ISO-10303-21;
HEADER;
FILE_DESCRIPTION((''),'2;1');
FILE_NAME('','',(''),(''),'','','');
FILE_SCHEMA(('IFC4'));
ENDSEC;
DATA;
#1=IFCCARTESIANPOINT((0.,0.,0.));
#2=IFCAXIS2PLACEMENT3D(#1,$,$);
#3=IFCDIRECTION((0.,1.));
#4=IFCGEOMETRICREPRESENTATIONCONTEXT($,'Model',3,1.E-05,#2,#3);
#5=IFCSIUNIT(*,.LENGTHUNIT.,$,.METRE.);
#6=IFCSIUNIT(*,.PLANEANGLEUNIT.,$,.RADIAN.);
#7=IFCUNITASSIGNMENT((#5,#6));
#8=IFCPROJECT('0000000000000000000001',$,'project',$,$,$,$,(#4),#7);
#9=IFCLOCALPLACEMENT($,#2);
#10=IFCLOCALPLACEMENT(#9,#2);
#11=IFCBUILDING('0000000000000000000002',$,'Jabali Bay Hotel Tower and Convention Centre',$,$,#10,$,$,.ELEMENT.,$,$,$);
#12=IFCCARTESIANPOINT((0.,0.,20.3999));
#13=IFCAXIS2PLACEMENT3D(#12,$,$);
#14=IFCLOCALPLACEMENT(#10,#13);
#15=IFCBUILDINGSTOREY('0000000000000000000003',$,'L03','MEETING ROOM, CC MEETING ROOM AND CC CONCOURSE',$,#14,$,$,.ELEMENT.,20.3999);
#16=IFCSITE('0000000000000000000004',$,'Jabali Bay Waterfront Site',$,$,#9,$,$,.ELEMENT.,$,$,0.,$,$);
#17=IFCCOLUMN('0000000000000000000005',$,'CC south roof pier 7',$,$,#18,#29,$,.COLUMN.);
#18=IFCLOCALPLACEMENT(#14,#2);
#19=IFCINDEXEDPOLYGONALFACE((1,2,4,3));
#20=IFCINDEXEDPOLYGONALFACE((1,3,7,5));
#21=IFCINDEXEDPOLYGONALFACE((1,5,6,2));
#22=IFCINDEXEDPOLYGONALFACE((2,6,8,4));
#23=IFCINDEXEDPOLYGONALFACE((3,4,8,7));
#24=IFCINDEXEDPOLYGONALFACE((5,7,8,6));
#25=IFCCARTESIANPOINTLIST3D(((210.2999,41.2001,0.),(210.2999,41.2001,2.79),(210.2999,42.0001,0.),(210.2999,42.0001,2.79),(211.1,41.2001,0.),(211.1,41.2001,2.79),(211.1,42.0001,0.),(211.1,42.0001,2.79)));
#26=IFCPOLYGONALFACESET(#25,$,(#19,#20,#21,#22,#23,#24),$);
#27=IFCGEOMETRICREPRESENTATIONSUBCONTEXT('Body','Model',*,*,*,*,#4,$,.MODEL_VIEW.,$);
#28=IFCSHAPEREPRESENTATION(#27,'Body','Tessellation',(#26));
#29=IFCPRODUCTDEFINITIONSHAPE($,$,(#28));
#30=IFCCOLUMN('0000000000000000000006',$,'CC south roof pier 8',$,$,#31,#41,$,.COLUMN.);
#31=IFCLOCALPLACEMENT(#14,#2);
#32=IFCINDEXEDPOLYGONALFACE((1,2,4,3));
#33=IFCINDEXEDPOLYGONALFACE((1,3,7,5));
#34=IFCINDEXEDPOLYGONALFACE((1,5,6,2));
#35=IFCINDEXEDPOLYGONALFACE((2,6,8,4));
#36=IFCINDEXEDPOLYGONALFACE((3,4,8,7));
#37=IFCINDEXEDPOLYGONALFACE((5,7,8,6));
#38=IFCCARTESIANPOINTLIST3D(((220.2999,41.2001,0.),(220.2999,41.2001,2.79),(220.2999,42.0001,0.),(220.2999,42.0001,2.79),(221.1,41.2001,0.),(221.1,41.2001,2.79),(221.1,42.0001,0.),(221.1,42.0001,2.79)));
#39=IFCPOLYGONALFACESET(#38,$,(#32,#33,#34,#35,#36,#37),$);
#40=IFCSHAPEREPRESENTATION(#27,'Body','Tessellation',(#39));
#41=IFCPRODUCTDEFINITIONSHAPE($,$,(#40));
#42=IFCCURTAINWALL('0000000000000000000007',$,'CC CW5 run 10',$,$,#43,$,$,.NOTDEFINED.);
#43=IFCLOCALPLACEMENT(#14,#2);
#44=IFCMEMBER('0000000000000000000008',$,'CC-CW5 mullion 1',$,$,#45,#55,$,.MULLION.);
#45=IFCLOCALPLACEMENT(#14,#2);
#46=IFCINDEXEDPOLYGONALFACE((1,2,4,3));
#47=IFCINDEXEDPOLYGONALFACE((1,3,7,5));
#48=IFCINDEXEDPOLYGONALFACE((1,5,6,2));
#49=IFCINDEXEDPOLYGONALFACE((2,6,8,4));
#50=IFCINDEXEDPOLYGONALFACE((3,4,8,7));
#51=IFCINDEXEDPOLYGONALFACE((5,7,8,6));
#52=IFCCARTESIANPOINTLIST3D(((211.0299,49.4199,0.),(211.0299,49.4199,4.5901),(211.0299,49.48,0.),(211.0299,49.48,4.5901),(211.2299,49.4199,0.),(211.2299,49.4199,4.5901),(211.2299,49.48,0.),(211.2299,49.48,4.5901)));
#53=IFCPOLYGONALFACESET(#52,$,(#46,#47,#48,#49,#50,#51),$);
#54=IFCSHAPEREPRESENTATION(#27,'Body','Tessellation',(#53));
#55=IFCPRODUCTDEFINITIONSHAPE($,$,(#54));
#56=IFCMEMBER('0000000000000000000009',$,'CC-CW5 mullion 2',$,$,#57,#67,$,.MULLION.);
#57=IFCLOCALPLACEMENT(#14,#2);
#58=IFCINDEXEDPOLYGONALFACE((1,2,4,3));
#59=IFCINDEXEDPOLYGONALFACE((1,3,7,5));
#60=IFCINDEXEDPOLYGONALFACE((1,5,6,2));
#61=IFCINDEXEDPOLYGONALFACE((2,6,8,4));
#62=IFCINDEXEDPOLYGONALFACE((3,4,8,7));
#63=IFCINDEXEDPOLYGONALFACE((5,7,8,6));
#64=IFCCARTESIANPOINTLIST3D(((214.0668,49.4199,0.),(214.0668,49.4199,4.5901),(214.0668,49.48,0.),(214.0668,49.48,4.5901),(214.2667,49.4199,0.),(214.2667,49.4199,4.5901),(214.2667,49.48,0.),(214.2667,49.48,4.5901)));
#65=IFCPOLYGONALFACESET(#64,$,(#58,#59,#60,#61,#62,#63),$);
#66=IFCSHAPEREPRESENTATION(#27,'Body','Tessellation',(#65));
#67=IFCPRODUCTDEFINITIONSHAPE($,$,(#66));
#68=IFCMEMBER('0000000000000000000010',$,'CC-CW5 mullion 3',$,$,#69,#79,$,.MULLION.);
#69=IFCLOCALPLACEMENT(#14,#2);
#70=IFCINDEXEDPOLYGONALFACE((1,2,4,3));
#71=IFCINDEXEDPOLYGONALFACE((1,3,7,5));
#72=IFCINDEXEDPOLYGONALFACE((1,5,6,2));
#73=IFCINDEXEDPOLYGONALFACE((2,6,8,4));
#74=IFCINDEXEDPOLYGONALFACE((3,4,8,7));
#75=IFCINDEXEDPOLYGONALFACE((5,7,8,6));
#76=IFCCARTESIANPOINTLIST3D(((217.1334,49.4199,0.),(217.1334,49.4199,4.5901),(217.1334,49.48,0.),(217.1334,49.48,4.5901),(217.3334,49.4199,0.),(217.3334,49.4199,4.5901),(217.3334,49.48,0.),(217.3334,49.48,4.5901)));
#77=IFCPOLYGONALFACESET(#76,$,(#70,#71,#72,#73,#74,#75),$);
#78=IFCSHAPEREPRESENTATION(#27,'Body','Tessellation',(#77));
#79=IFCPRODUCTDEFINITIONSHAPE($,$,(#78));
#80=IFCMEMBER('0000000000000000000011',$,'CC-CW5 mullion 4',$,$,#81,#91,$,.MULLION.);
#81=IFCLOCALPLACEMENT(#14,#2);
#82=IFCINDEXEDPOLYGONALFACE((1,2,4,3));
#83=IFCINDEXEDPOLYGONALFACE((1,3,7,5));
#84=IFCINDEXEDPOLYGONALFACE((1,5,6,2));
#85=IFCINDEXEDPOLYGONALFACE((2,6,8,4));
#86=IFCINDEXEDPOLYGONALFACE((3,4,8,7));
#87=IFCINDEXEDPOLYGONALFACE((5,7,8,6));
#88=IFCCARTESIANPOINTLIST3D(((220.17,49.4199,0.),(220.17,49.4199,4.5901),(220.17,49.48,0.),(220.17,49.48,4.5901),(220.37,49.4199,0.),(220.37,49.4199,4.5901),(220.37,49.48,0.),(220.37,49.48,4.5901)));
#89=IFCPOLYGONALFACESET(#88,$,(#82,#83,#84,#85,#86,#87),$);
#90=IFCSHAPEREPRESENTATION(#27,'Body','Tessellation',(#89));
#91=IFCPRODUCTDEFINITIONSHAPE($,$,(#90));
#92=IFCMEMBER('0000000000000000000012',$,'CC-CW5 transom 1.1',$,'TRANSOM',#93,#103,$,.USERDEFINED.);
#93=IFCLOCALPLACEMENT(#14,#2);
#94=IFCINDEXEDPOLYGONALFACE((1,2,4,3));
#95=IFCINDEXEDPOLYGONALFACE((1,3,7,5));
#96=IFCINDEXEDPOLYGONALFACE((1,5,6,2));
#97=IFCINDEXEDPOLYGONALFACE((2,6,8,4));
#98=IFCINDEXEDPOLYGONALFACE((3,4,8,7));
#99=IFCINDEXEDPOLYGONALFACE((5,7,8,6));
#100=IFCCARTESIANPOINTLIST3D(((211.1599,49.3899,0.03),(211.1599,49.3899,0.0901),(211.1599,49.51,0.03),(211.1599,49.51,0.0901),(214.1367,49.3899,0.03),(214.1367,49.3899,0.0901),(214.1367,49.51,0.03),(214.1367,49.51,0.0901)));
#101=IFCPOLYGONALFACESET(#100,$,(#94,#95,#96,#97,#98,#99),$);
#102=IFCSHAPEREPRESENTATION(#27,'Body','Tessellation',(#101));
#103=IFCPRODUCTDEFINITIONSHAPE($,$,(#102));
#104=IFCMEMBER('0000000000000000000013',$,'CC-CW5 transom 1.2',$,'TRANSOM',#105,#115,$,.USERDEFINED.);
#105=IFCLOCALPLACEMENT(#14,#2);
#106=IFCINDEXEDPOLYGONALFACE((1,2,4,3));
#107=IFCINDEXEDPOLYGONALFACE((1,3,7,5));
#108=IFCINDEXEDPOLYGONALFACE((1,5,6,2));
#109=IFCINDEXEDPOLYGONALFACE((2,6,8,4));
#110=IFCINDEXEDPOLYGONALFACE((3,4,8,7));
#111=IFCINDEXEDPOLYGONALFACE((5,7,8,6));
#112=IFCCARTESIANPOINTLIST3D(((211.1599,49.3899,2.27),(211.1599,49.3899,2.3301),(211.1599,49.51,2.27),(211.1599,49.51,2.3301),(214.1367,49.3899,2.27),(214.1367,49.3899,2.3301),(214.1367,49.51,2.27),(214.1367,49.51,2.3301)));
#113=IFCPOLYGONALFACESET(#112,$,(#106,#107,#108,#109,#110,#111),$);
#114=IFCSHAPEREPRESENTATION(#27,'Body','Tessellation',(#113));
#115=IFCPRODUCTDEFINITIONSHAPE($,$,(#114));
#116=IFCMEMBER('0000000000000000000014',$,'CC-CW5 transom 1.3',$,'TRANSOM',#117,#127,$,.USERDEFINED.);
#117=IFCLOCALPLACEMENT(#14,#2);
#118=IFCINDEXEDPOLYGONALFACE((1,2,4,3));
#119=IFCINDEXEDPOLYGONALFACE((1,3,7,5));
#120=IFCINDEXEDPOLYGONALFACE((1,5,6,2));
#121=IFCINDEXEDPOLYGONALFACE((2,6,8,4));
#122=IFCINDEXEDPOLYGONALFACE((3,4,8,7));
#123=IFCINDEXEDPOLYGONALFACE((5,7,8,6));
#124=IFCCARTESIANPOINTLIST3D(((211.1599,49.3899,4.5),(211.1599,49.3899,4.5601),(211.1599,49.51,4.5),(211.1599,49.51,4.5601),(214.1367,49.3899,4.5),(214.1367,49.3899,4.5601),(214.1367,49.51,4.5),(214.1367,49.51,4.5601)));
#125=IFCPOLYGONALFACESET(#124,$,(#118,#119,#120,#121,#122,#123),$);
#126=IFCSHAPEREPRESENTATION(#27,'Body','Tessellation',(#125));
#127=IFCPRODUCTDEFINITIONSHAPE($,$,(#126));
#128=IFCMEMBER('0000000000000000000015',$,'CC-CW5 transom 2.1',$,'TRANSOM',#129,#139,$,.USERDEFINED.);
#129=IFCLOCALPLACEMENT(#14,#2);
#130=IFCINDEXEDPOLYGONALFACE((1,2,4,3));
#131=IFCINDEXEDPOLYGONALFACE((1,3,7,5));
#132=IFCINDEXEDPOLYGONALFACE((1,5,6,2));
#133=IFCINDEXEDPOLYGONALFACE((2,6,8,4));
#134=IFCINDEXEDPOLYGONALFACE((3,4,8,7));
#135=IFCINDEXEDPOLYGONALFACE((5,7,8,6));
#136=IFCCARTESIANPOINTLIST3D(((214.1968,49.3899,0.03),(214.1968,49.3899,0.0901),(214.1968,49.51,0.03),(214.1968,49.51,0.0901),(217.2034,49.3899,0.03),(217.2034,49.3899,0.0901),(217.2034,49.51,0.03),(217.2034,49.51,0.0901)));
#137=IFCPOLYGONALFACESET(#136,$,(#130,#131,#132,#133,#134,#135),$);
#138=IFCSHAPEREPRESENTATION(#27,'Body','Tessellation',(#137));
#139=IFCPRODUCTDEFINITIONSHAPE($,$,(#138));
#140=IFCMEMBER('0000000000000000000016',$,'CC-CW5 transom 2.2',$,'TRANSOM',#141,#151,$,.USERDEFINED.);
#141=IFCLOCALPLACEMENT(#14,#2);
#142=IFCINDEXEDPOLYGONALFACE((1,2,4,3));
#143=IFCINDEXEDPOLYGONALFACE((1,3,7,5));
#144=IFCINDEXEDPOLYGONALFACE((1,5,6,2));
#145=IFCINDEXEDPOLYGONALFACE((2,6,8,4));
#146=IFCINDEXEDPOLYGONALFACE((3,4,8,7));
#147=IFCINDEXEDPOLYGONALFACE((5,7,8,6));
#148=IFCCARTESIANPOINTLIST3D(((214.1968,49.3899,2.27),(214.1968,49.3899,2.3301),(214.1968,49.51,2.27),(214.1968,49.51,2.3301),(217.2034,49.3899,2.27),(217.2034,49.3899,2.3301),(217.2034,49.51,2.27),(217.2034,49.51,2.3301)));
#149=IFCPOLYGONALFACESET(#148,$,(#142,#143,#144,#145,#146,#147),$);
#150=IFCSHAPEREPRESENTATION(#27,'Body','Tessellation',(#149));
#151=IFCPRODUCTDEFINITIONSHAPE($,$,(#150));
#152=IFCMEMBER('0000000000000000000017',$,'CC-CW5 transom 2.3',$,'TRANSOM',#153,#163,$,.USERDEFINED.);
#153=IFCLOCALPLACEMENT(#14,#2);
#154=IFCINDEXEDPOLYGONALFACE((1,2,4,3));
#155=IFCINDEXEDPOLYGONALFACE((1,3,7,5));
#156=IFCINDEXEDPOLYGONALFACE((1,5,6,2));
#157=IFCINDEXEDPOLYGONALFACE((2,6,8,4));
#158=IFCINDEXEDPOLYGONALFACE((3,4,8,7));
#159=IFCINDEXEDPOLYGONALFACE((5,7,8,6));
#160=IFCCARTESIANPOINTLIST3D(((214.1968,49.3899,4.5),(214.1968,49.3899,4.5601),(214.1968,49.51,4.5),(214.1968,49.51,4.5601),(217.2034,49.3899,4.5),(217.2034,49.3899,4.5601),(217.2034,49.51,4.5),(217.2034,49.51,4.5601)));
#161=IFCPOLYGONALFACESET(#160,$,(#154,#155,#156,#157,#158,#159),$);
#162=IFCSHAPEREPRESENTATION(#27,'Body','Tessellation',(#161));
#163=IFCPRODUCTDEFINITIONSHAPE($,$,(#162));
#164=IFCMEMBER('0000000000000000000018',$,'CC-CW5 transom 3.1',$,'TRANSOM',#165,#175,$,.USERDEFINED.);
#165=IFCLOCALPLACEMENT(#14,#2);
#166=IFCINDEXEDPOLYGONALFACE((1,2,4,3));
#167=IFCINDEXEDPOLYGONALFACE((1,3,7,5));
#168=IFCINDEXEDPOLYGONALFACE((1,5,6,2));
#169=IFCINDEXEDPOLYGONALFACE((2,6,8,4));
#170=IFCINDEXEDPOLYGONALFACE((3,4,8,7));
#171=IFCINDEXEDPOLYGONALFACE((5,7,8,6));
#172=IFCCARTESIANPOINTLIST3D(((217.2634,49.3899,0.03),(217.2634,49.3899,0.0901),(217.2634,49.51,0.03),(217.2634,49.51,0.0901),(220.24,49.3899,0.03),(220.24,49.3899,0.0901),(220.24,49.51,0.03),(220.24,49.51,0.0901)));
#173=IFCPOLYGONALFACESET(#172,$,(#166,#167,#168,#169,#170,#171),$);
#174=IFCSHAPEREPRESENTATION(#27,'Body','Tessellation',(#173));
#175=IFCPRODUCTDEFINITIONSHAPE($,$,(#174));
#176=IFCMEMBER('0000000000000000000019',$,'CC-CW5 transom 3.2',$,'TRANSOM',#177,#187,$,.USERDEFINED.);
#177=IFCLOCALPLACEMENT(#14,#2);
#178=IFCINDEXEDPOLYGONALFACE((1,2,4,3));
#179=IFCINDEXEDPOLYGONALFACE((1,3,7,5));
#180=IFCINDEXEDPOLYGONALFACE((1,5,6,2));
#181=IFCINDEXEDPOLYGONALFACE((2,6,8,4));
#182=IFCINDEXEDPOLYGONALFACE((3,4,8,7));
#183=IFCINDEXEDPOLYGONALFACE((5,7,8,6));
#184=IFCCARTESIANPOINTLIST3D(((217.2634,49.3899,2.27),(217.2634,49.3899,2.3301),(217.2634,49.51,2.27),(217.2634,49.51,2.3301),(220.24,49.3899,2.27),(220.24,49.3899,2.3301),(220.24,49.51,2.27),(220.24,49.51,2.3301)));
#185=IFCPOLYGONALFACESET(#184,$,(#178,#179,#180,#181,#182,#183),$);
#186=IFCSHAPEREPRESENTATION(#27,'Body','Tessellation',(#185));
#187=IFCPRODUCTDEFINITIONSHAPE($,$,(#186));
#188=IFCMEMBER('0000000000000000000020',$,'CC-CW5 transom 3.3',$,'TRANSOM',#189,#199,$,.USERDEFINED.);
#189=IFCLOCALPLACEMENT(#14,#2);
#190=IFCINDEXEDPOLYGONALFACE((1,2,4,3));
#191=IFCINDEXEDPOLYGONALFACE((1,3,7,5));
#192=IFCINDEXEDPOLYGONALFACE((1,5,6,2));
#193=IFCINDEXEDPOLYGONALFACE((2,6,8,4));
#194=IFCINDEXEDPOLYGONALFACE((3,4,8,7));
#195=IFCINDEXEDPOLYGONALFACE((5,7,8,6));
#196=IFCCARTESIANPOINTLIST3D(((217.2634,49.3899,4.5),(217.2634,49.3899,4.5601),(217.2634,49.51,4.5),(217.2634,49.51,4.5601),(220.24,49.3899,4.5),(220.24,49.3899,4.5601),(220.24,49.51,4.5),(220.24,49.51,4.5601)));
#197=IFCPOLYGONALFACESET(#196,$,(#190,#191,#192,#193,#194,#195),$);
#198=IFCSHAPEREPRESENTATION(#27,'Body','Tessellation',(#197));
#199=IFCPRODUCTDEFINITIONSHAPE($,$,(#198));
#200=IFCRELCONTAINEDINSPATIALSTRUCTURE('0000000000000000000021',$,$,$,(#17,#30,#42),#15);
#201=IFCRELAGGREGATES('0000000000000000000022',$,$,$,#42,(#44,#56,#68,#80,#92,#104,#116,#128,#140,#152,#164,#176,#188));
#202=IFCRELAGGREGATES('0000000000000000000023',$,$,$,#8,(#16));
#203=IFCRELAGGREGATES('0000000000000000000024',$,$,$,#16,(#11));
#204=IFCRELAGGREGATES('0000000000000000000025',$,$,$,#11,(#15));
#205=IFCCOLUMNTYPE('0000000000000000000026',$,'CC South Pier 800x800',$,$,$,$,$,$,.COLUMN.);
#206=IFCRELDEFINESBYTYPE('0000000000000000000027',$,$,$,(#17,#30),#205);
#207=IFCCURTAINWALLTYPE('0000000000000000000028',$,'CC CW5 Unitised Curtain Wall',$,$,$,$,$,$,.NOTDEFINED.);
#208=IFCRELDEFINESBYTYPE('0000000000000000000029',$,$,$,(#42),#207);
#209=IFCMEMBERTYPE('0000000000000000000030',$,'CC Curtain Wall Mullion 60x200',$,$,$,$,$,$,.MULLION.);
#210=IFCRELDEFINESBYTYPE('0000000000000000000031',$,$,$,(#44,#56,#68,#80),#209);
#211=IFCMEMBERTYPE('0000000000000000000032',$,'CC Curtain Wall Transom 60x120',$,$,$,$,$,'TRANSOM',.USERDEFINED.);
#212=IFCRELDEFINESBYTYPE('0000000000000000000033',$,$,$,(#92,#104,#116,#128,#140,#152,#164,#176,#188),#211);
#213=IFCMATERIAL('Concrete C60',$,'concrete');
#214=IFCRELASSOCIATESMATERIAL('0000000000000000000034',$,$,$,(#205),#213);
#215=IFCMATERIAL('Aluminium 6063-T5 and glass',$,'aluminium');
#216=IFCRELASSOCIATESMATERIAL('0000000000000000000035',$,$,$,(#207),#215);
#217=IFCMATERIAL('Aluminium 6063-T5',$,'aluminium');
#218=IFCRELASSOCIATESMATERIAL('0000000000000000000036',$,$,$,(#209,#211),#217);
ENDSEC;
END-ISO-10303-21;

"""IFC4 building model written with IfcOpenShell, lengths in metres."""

from ifc_helpers import new_model, si_unit, direction, frame, origin, origin_2d, place, context, subcontext, project, spatial, rectangle, extrude, material, material_profile, profile_set, type_object, element, aggregate, save


model = new_model("IFC4")

# Units and contexts
model_context = context("Model", 3, precision=1e-05, world=origin(), true_north=direction((0.0, 1.0)))
body_context = subcontext(model_context, "Body", "Model", "MODEL_VIEW")
ifc_project = project(units=[si_unit("LENGTHUNIT", "METRE"), si_unit("PLANEANGLEUNIT", "RADIAN")], contexts=[model_context])

# Site, building, storey
site_placement = place(None, origin())
site = spatial("IfcSite", under=ifc_project, at=site_placement, Name="Jabali Bay Waterfront Site", CompositionType="ELEMENT", RefElevation=0.0)
building_placement = place(site_placement, origin())
building = spatial("IfcBuilding", under=site, at=building_placement, Name="Jabali Bay Hotel Tower and Convention Centre", CompositionType="ELEMENT")
storey_placement = place(building_placement, frame((0.0, 0.0, 20.3999)))
storey = spatial("IfcBuildingStorey", under=building, at=storey_placement, Name="L03", Description="MEETING ROOM, CC MEETING ROOM AND CC CONCOURSE", CompositionType="ELEMENT", Elevation=20.3999)

# Columns
ifc_material_1 = material(Name="Concrete C60", Category="concrete")
ifc_material_profile_1 = material_profile(ifc_material_1, rectangle(XDim=0.8, YDim=0.8, at=origin_2d()), Name="RC 800x800")
ifc_profile_set_1 = profile_set([ifc_material_profile_1], Name="Concrete C60")
column_type = type_object("IfcColumnType", Name="CC South Pier 800x800", PredefinedType="COLUMN", material=ifc_profile_set_1)
for number, where, z_axis, x_axis, name in (
    (1, (210.7, 41.6001, 0.0), (0.0, 0.0, 1.0), (1.0, 0.0, 0.0), "CC south roof pier 7"),
    (2, (220.7, 41.6001, 0.0), (0.0, 0.0, 1.0), (1.0, 0.0, 0.0), "CC south roof pier 8"),
):
    element("IfcColumn", number, at=place(storey_placement, frame(where, z_axis=z_axis, x_axis=x_axis)), inside=storey, type_object=column_type, Name=name, PredefinedType="COLUMN", context=body_context, shape_type="SweptSolid", body=[
        extrude(rectangle(XDim=0.8, YDim=0.8, at=origin_2d()), origin(), (0.0, 0.0, 1.0), 2.79),
    ])

# Curtain wall, members
ifc_material_2 = material(Name="Aluminium 6063-T5 and glass", Category="aluminium")
curtain_wall_type = type_object("IfcCurtainWallType", Name="CC CW5 Unitised Curtain Wall", PredefinedType="NOTDEFINED", material=ifc_material_2)
curtain_wall_placement = place(storey_placement, origin())
curtain_wall = element("IfcCurtainWall", 3, at=curtain_wall_placement, inside=storey, type_object=curtain_wall_type, Name="CC CW5 run 10", PredefinedType="NOTDEFINED")
ifc_material_3 = material(Name="Aluminium 6063-T5", Category="aluminium")
ifc_material_profile_2 = material_profile(ifc_material_3, rectangle(XDim=0.0601, YDim=0.2, at=origin_2d()), Name="AL 60x200")
ifc_profile_set_2 = profile_set([ifc_material_profile_2], Name="Aluminium 6063-T5")
member_type_1 = type_object("IfcMemberType", Name="CC Curtain Wall Mullion 60x200", PredefinedType="MULLION", material=ifc_profile_set_2)
member_1_placement = place(storey_placement, frame((211.1299, 49.45, 0.0), z_axis=(0.0, 0.0, 1.0), x_axis=(0.0, 1.0, 0.0)))
member_1 = element("IfcMember", 4, at=member_1_placement, type_object=member_type_1, Name="CC-CW5 mullion 1", PredefinedType="MULLION", context=body_context, shape_type="SweptSolid", body=[
    extrude(rectangle(XDim=0.0601, YDim=0.2, at=origin_2d()), origin(), (0.0, 0.0, 1.0), 4.5901),
])
member_2_placement = place(storey_placement, frame((214.1667, 49.45, 0.0), z_axis=(0.0, 0.0, 1.0), x_axis=(0.0, 1.0, 0.0)))
member_2 = element("IfcMember", 5, at=member_2_placement, type_object=member_type_1, Name="CC-CW5 mullion 2", PredefinedType="MULLION", context=body_context, shape_type="SweptSolid", body=[
    extrude(rectangle(XDim=0.0601, YDim=0.2, at=origin_2d()), origin(), (0.0, 0.0, 1.0), 4.5901),
])
member_3_placement = place(storey_placement, frame((217.2334, 49.45, 0.0), z_axis=(0.0, 0.0, 1.0), x_axis=(0.0, 1.0, 0.0)))
member_3 = element("IfcMember", 6, at=member_3_placement, type_object=member_type_1, Name="CC-CW5 mullion 3", PredefinedType="MULLION", context=body_context, shape_type="SweptSolid", body=[
    extrude(rectangle(XDim=0.0601, YDim=0.2, at=origin_2d()), origin(), (0.0, 0.0, 1.0), 4.5901),
])
member_4_placement = place(storey_placement, frame((220.27, 49.45, 0.0), z_axis=(0.0, 0.0, 1.0), x_axis=(0.0, 1.0, 0.0)))
member_4 = element("IfcMember", 7, at=member_4_placement, type_object=member_type_1, Name="CC-CW5 mullion 4", PredefinedType="MULLION", context=body_context, shape_type="SweptSolid", body=[
    extrude(rectangle(XDim=0.0601, YDim=0.2, at=origin_2d()), origin(), (0.0, 0.0, 1.0), 4.5901),
])
ifc_material_profile_3 = material_profile(ifc_material_3, rectangle(XDim=0.1201, YDim=0.0601, at=origin_2d()), Name="AL 120x60")
ifc_profile_set_3 = profile_set([ifc_material_profile_3], Name="Aluminium 6063-T5")
member_type_2 = type_object("IfcMemberType", Name="CC Curtain Wall Transom 60x120", ElementType="TRANSOM", PredefinedType="USERDEFINED", material=ifc_profile_set_3)
member_5_placement = place(storey_placement, frame((211.1599, 49.45, 0.0601), z_axis=(1.0, 0.0, 0.0), x_axis=(0.0, 1.0, 0.0)))
member_5 = element("IfcMember", 8, at=member_5_placement, type_object=member_type_2, Name="CC-CW5 transom 1.1", ObjectType="TRANSOM", PredefinedType="USERDEFINED", context=body_context, shape_type="SweptSolid", body=[
    extrude(rectangle(XDim=0.1201, YDim=0.0601, at=origin_2d()), origin(), (0.0, 0.0, 1.0), 2.9768),
])
member_6_placement = place(storey_placement, frame((211.1599, 49.45, 2.3), z_axis=(1.0, 0.0, 0.0), x_axis=(0.0, 1.0, 0.0)))
member_6 = element("IfcMember", 9, at=member_6_placement, type_object=member_type_2, Name="CC-CW5 transom 1.2", ObjectType="TRANSOM", PredefinedType="USERDEFINED", context=body_context, shape_type="SweptSolid", body=[
    extrude(rectangle(XDim=0.1201, YDim=0.0601, at=origin_2d()), origin(), (0.0, 0.0, 1.0), 2.9768),
])
member_7_placement = place(storey_placement, frame((211.1599, 49.45, 4.53), z_axis=(1.0, 0.0, 0.0), x_axis=(0.0, 1.0, 0.0)))
member_7 = element("IfcMember", 10, at=member_7_placement, type_object=member_type_2, Name="CC-CW5 transom 1.3", ObjectType="TRANSOM", PredefinedType="USERDEFINED", context=body_context, shape_type="SweptSolid", body=[
    extrude(rectangle(XDim=0.1201, YDim=0.0601, at=origin_2d()), origin(), (0.0, 0.0, 1.0), 2.9768),
])
member_8_placement = place(storey_placement, frame((214.1968, 49.45, 0.0601), z_axis=(1.0, 0.0, 0.0), x_axis=(0.0, 1.0, 0.0)))
member_8 = element("IfcMember", 11, at=member_8_placement, type_object=member_type_2, Name="CC-CW5 transom 2.1", ObjectType="TRANSOM", PredefinedType="USERDEFINED", context=body_context, shape_type="SweptSolid", body=[
    extrude(rectangle(XDim=0.1201, YDim=0.0601, at=origin_2d()), origin(), (0.0, 0.0, 1.0), 3.0066),
])
member_9_placement = place(storey_placement, frame((214.1968, 49.45, 2.3), z_axis=(1.0, 0.0, 0.0), x_axis=(0.0, 1.0, 0.0)))
member_9 = element("IfcMember", 12, at=member_9_placement, type_object=member_type_2, Name="CC-CW5 transom 2.2", ObjectType="TRANSOM", PredefinedType="USERDEFINED", context=body_context, shape_type="SweptSolid", body=[
    extrude(rectangle(XDim=0.1201, YDim=0.0601, at=origin_2d()), origin(), (0.0, 0.0, 1.0), 3.0066),
])
member_10_placement = place(storey_placement, frame((214.1968, 49.45, 4.53), z_axis=(1.0, 0.0, 0.0), x_axis=(0.0, 1.0, 0.0)))
member_10 = element("IfcMember", 13, at=member_10_placement, type_object=member_type_2, Name="CC-CW5 transom 2.3", ObjectType="TRANSOM", PredefinedType="USERDEFINED", context=body_context, shape_type="SweptSolid", body=[
    extrude(rectangle(XDim=0.1201, YDim=0.0601, at=origin_2d()), origin(), (0.0, 0.0, 1.0), 3.0066),
])
member_11_placement = place(storey_placement, frame((217.2634, 49.45, 0.0601), z_axis=(1.0, 0.0, 0.0), x_axis=(0.0, 1.0, 0.0)))
member_11 = element("IfcMember", 14, at=member_11_placement, type_object=member_type_2, Name="CC-CW5 transom 3.1", ObjectType="TRANSOM", PredefinedType="USERDEFINED", context=body_context, shape_type="SweptSolid", body=[
    extrude(rectangle(XDim=0.1201, YDim=0.0601, at=origin_2d()), origin(), (0.0, 0.0, 1.0), 2.9766),
])
member_12_placement = place(storey_placement, frame((217.2634, 49.45, 2.3), z_axis=(1.0, 0.0, 0.0), x_axis=(0.0, 1.0, 0.0)))
member_12 = element("IfcMember", 15, at=member_12_placement, type_object=member_type_2, Name="CC-CW5 transom 3.2", ObjectType="TRANSOM", PredefinedType="USERDEFINED", context=body_context, shape_type="SweptSolid", body=[
    extrude(rectangle(XDim=0.1201, YDim=0.0601, at=origin_2d()), origin(), (0.0, 0.0, 1.0), 2.9766),
])
member_13_placement = place(storey_placement, frame((217.2634, 49.45, 4.53), z_axis=(1.0, 0.0, 0.0), x_axis=(0.0, 1.0, 0.0)))
member_13 = element("IfcMember", 16, at=member_13_placement, type_object=member_type_2, Name="CC-CW5 transom 3.3", ObjectType="TRANSOM", PredefinedType="USERDEFINED", context=body_context, shape_type="SweptSolid", body=[
    extrude(rectangle(XDim=0.1201, YDim=0.0601, at=origin_2d()), origin(), (0.0, 0.0, 1.0), 2.9766),
])
aggregate(curtain_wall, [member_1, member_2, member_3, member_4, member_5, member_6, member_7, member_8, member_9, member_10, member_11, member_12, member_13])

save(model, "model.ifc")
